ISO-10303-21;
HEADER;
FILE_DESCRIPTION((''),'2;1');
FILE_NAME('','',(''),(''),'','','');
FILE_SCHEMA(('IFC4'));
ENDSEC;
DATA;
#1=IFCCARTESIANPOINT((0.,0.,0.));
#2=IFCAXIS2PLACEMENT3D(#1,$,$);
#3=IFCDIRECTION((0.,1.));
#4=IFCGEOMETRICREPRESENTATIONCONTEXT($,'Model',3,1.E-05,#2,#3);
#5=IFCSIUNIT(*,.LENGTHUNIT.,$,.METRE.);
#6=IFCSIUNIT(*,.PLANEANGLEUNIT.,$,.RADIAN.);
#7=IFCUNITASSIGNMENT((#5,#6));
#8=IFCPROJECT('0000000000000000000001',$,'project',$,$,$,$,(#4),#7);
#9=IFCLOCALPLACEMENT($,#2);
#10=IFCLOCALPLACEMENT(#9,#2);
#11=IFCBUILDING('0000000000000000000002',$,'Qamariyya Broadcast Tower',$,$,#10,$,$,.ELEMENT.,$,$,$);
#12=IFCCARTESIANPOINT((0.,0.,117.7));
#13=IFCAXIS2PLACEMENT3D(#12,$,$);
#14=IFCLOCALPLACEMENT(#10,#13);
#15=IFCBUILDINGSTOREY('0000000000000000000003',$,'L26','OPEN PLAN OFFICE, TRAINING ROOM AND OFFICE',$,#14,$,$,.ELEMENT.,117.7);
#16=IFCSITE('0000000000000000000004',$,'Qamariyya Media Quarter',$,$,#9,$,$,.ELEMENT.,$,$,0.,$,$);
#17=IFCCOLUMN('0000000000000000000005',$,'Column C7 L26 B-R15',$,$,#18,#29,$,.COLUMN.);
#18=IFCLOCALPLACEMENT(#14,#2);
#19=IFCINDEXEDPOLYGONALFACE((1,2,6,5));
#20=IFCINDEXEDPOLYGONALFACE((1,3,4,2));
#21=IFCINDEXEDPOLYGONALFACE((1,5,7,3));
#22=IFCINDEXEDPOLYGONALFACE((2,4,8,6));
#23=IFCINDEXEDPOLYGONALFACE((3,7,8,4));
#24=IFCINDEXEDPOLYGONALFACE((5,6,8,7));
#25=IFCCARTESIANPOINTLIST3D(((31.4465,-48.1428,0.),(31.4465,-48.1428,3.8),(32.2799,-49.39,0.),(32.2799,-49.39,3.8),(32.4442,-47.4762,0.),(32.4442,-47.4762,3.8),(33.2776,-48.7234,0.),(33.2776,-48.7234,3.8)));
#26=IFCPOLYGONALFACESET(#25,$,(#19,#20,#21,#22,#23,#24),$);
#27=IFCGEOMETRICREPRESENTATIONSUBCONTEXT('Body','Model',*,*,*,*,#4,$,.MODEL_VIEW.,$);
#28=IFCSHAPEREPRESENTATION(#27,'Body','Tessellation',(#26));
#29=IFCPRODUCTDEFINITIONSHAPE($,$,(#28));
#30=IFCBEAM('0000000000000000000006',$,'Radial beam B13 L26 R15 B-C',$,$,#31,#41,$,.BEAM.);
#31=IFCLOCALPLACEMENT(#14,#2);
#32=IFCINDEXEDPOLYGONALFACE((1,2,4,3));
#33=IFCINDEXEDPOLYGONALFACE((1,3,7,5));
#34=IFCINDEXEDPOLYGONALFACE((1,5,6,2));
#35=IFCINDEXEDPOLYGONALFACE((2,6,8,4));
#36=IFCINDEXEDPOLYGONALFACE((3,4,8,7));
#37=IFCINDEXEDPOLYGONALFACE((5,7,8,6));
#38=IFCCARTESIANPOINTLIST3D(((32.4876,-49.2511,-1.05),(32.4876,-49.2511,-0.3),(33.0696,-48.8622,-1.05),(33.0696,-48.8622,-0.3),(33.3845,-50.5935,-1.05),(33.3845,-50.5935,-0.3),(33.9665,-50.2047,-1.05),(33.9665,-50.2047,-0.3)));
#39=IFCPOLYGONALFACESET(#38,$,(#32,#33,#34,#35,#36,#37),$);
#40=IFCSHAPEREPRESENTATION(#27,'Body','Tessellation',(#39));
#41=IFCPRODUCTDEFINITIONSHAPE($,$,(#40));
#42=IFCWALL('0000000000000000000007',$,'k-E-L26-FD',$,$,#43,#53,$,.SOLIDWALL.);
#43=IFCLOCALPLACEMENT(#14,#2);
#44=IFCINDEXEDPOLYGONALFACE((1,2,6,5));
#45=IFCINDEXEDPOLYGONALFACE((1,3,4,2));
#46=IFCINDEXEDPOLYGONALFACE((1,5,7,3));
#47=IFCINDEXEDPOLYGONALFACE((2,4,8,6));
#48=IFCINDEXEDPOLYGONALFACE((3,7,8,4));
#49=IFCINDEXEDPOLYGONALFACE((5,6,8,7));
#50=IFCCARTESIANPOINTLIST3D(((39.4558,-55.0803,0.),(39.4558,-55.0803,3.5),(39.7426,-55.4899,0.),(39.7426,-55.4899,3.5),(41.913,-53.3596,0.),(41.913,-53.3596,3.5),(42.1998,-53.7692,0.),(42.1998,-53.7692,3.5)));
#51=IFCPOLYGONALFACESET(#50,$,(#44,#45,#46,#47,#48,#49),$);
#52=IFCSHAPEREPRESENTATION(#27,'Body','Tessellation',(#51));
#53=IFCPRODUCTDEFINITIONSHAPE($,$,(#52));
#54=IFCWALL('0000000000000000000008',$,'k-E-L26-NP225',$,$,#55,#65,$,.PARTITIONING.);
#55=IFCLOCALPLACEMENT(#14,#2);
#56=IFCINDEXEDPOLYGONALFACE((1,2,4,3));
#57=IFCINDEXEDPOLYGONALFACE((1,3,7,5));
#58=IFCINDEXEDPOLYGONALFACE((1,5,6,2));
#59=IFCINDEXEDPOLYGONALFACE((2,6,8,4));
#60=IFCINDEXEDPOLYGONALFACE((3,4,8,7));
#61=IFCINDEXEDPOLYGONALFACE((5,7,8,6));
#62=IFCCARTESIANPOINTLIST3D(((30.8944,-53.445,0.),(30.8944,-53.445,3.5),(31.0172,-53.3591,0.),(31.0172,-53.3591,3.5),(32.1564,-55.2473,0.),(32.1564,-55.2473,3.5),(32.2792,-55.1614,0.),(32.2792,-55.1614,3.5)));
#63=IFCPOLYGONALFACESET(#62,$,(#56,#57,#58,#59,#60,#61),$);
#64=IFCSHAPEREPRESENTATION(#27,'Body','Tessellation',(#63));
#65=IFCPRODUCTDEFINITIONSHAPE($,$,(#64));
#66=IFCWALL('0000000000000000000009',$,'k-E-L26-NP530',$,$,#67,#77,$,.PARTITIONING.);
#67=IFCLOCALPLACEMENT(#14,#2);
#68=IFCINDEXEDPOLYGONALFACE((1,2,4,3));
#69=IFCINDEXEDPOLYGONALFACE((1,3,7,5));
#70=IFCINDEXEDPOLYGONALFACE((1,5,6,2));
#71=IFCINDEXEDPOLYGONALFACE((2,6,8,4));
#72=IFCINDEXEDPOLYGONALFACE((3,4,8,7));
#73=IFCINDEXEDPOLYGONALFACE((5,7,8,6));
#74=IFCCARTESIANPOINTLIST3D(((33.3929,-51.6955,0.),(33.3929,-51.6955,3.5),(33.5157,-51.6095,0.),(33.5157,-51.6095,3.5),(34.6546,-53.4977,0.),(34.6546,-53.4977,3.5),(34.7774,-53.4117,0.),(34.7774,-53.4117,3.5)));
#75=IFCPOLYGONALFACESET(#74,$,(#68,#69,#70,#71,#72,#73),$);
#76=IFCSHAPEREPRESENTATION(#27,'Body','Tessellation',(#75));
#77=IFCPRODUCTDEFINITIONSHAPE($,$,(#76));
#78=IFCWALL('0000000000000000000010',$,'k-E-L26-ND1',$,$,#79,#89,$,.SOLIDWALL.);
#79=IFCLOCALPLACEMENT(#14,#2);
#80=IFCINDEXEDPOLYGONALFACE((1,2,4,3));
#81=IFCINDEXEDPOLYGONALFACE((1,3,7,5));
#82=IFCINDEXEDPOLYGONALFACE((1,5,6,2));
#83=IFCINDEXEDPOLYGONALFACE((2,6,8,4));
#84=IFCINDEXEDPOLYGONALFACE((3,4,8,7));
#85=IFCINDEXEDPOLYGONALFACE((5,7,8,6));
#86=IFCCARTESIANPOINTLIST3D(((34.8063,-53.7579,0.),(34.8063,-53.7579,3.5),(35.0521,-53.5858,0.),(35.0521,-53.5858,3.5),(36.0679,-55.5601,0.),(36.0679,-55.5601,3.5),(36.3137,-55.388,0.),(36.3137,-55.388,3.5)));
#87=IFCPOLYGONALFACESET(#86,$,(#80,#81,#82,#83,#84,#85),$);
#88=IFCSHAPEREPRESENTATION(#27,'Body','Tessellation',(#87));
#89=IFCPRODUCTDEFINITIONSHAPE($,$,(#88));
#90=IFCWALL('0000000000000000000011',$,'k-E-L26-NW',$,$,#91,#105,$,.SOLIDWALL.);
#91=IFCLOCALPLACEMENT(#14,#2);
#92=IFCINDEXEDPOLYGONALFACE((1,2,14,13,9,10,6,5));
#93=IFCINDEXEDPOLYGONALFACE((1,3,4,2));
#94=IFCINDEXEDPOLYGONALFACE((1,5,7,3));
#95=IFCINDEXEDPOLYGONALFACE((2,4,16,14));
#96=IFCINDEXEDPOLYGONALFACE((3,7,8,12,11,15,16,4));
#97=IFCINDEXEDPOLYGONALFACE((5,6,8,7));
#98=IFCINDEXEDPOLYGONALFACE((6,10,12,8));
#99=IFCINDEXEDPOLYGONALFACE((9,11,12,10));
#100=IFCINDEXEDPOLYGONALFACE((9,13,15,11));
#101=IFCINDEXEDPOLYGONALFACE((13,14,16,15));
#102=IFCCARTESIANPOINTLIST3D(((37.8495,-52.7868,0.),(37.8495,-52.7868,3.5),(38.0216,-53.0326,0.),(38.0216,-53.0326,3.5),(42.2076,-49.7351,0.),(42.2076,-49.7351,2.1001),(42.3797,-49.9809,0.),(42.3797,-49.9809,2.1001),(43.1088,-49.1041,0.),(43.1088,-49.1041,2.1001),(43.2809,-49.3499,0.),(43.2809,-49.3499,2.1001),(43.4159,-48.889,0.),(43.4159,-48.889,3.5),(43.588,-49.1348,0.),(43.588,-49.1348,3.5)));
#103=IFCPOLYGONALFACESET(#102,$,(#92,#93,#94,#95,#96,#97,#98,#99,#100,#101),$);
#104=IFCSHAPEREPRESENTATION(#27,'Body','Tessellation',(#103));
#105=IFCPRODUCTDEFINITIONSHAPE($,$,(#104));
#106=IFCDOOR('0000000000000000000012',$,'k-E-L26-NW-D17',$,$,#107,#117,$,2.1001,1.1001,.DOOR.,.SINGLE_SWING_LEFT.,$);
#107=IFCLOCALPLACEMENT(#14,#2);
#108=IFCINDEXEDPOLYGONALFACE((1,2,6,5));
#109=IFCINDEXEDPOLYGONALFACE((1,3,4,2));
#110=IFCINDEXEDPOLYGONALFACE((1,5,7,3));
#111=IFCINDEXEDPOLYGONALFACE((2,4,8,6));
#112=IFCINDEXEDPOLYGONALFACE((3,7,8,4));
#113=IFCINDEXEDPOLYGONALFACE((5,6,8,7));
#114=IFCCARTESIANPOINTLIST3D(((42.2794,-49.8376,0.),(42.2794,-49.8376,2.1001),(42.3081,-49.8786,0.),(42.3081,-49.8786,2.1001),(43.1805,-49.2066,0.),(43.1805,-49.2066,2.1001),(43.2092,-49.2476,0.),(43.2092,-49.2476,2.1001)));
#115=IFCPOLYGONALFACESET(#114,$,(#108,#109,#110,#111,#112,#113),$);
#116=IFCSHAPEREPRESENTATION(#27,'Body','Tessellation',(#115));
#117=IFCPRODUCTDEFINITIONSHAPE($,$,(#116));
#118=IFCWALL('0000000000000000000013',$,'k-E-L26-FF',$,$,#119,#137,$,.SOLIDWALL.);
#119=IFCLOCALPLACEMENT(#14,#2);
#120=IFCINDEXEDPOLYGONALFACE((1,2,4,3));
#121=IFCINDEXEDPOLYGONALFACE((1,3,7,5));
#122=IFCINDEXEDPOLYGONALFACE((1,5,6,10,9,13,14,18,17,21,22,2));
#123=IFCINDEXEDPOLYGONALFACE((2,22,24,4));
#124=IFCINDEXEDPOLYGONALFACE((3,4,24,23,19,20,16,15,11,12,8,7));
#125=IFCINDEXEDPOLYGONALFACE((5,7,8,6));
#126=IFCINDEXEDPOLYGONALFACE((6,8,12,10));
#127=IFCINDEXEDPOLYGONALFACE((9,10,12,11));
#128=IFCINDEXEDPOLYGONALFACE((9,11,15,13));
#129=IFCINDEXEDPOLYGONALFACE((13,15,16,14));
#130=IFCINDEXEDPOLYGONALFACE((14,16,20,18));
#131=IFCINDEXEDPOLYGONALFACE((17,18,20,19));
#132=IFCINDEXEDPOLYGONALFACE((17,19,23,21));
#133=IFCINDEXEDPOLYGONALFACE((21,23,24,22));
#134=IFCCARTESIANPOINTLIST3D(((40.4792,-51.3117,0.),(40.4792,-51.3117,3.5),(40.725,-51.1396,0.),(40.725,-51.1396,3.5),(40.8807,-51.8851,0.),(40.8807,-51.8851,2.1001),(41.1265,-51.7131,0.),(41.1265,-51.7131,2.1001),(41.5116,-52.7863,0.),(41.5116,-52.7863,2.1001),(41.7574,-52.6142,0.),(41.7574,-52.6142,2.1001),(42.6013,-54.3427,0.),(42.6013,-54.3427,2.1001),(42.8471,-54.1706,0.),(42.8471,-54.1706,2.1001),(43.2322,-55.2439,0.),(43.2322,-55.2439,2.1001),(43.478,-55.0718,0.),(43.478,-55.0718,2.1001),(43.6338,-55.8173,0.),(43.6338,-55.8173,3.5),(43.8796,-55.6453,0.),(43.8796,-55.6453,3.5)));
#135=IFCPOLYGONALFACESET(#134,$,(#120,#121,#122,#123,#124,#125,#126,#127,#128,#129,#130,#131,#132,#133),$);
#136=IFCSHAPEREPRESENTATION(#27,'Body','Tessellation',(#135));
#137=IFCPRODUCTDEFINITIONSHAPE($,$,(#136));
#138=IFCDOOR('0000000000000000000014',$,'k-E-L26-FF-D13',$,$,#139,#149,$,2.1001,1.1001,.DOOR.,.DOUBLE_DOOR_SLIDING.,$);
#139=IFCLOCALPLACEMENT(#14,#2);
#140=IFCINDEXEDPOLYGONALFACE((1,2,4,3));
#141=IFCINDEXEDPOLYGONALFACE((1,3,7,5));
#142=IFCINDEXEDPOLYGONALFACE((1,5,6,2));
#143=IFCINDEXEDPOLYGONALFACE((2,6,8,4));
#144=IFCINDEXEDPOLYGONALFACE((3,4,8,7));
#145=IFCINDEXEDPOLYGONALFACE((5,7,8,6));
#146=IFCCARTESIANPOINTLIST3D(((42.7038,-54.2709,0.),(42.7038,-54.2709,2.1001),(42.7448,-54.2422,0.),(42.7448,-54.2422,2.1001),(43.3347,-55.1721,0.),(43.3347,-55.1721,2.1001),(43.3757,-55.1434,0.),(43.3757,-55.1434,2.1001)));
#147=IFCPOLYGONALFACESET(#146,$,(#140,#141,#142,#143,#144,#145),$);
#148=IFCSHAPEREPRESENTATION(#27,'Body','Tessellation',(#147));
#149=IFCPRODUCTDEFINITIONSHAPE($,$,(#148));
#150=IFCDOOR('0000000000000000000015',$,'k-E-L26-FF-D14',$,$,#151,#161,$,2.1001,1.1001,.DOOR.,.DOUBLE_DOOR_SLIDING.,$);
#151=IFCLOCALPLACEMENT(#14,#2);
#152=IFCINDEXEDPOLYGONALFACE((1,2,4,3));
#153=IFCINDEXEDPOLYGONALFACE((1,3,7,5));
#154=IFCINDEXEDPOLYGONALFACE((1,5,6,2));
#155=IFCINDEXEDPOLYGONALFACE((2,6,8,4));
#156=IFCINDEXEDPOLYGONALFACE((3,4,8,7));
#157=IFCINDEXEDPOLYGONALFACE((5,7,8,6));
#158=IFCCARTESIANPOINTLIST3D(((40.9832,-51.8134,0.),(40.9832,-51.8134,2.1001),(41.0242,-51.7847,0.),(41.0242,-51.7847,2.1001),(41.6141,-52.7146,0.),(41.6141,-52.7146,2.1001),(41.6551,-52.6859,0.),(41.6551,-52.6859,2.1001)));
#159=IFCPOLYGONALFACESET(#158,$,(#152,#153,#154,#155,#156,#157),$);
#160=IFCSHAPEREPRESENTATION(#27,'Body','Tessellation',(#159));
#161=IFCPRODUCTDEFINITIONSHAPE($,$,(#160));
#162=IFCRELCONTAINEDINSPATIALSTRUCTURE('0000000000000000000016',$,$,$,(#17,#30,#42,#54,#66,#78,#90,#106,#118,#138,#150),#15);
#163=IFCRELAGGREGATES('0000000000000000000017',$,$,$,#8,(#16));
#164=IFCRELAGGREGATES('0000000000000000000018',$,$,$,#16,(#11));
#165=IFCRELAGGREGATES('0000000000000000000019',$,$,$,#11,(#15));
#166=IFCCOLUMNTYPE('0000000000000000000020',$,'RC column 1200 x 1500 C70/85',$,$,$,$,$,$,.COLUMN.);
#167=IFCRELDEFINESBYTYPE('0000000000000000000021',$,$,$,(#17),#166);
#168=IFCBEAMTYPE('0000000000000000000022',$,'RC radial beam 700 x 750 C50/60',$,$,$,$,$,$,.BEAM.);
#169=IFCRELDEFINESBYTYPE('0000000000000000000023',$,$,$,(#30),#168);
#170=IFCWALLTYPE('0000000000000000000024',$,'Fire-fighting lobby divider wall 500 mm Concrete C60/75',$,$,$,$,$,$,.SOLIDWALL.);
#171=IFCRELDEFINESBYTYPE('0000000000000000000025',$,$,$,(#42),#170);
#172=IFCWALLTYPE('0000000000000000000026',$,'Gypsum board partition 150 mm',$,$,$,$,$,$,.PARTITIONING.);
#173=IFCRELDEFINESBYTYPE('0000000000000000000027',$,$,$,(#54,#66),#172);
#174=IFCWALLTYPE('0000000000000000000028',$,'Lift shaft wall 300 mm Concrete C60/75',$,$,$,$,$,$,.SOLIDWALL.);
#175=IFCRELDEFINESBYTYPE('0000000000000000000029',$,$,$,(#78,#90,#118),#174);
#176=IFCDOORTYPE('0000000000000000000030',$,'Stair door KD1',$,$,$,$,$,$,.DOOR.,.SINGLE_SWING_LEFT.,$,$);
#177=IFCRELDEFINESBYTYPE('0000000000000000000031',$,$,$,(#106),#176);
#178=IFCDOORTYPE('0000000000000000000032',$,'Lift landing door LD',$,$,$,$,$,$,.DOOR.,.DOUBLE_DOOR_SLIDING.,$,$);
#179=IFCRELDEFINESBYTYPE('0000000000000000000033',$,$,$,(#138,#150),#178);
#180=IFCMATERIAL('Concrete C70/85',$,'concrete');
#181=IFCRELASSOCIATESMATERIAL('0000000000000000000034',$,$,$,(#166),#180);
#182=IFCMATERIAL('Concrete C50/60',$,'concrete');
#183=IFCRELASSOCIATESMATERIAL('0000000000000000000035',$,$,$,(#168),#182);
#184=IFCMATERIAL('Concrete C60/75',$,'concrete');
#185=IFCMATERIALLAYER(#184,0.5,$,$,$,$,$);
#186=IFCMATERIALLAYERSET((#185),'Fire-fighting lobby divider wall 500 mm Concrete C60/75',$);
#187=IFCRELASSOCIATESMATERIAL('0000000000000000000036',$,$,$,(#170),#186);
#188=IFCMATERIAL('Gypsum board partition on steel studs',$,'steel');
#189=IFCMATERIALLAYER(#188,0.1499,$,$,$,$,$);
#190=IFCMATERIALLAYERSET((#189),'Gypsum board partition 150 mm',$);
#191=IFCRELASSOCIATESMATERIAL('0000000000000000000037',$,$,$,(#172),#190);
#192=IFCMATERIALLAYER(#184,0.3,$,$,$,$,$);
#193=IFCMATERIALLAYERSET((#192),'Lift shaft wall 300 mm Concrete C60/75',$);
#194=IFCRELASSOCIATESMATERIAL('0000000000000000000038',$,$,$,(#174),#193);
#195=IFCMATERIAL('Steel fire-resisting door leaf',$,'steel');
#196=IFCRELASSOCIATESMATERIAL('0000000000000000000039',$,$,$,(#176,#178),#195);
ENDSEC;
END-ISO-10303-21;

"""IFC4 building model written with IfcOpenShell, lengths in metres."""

from ifc_helpers import new_model, si_unit, direction, frame, frame_2d, origin, origin_2d, place, context, subcontext, project, spatial, rectangle, extrude, material, layer, layer_set, material_profile, profile_set, type_object, element, fill, save


model = new_model("IFC4")

# Units and contexts
model_context = context("Model", 3, precision=1e-05, world=origin(), true_north=direction((0.0, 1.0)))
body_context = subcontext(model_context, "Body", "Model", "MODEL_VIEW")
ifc_project = project(units=[si_unit("LENGTHUNIT", "METRE"), si_unit("PLANEANGLEUNIT", "RADIAN")], contexts=[model_context])

# Site, building, storey
site_placement = place(None, origin())
site = spatial("IfcSite", under=ifc_project, at=site_placement, Name="Qamariyya Media Quarter", CompositionType="ELEMENT", RefElevation=0.0)
building_placement = place(site_placement, origin())
building = spatial("IfcBuilding", under=site, at=building_placement, Name="Qamariyya Broadcast Tower", CompositionType="ELEMENT")
storey_placement = place(building_placement, frame((0.0, 0.0, 117.7)))
storey = spatial("IfcBuildingStorey", under=building, at=storey_placement, Name="L26", Description="OPEN PLAN OFFICE, TRAINING ROOM AND OFFICE", CompositionType="ELEMENT", Elevation=117.7)

# Column
ifc_material_1 = material(Name="Concrete C70/85", Category="concrete")
ifc_material_profile_1 = material_profile(ifc_material_1, rectangle(XDim=1.2, YDim=1.5, at=origin_2d()))
ifc_profile_set_1 = profile_set([ifc_material_profile_1], Name="Concrete C70/85")
column_type = type_object("IfcColumnType", Name="RC column 1200 x 1500 C70/85", PredefinedType="COLUMN", material=ifc_profile_set_1)
column_placement = place(storey_placement, frame((32.3621, -48.4331, 0.0), z_axis=(0.0, 0.0, 1.0), x_axis=(0.83147, 0.55557, 0.0)))
element("IfcColumn", 1, at=column_placement, inside=storey, type_object=column_type, Name="Column C7 L26 B-R15", PredefinedType="COLUMN", context=body_context, shape_type="SweptSolid", body=[
    extrude(rectangle(XDim=1.2, YDim=1.5, at=origin_2d()), origin(), (0.0, 0.0, 1.0), 3.8),
])

# Beam
ifc_material_2 = material(Name="Concrete C50/60", Category="concrete")
ifc_material_profile_2 = material_profile(ifc_material_2, rectangle(XDim=0.7, YDim=0.75, at=origin_2d()))
ifc_profile_set_2 = profile_set([ifc_material_profile_2], Name="Concrete C50/60")
beam_type = type_object("IfcBeamType", Name="RC radial beam 700 x 750 C50/60", PredefinedType="BEAM", material=ifc_profile_set_2)
beam_placement = place(storey_placement, frame((32.7786, -49.0566, -0.675), z_axis=(0.555537, -0.831492, 0.0), x_axis=(0.831492, 0.555537, 0.0)))
element("IfcBeam", 2, at=beam_placement, inside=storey, type_object=beam_type, Name="Radial beam B13 L26 R15 B-C", PredefinedType="BEAM", context=body_context, shape_type="SweptSolid", body=[
    extrude(rectangle(XDim=0.7, YDim=0.75, at=origin_2d()), origin(), (0.0, 0.0, 1.0), 1.6145),
])

# Walls
ifc_material_3 = material(Name="Concrete C60/75", Category="concrete")
ifc_layer_1 = layer(ifc_material_3, 0.5)
ifc_layer_set_1 = layer_set([ifc_layer_1], Name="Fire-fighting lobby divider wall 500 mm Concrete C60/75")
wall_type_1 = type_object("IfcWallType", Name="Fire-fighting lobby divider wall 500 mm Concrete C60/75", PredefinedType="SOLIDWALL", material=ifc_layer_set_1)
wall_1_placement = place(storey_placement, frame((39.5991, -55.2852, 0.0), z_axis=(0.0, 0.0, 1.0), x_axis=(0.819136, 0.573599, 0.0)))
element("IfcWall", 3, at=wall_1_placement, inside=storey, type_object=wall_type_1, Name="k-E-L26-FD", PredefinedType="SOLIDWALL", context=body_context, shape_type="SweptSolid", body=[
    extrude(rectangle(XDim=2.9998, YDim=0.5, at=frame_2d((1.5, 0.0))), origin(), (0.0, 0.0, 1.0), 3.5),
])
ifc_material_4 = material(Name="Gypsum board partition on steel studs", Category="steel")
ifc_layer_2 = layer(ifc_material_4, 0.1499)
ifc_layer_set_2 = layer_set([ifc_layer_2], Name="Gypsum board partition 150 mm")
wall_type_2 = type_object("IfcWallType", Name="Gypsum board partition 150 mm", PredefinedType="PARTITIONING", material=ifc_layer_set_2)
wall_2_placement = place(storey_placement, frame((32.2178, -55.2043, 0.0), z_axis=(0.0, 0.0, 1.0), x_axis=(-0.573581, 0.819149, 0.0)))
element("IfcWall", 4, at=wall_2_placement, inside=storey, type_object=wall_type_2, Name="k-E-L26-NP225", PredefinedType="PARTITIONING", context=body_context, shape_type="SweptSolid", body=[
    extrude(rectangle(XDim=2.2002, YDim=0.1499, at=frame_2d((1.1001, 0.0))), origin(), (0.0, 0.0, 1.0), 3.5),
])
wall_3_placement = place(storey_placement, frame((34.7161, -53.4548, 0.0), z_axis=(0.0, 0.0, 1.0), x_axis=(-0.573507, 0.819201, 0.0)))
element("IfcWall", 5, at=wall_3_placement, inside=storey, type_object=wall_type_2, Name="k-E-L26-NP530", PredefinedType="PARTITIONING", context=body_context, shape_type="SweptSolid", body=[
    extrude(rectangle(XDim=2.2, YDim=0.1499, at=frame_2d((1.1001, 0.0))), origin(), (0.0, 0.0, 1.0), 3.5),
])
ifc_layer_3 = layer(ifc_material_3, 0.3)
ifc_layer_set_3 = layer_set([ifc_layer_3], Name="Lift shaft wall 300 mm Concrete C60/75")
wall_type_3 = type_object("IfcWallType", Name="Lift shaft wall 300 mm Concrete C60/75", PredefinedType="SOLIDWALL", material=ifc_layer_set_3)
wall_4_placement = place(storey_placement, frame((36.1909, -55.4741, 0.0), z_axis=(0.0, 0.0, 1.0), x_axis=(-0.573507, 0.819201, 0.0)))
element("IfcWall", 6, at=wall_4_placement, inside=storey, type_object=wall_type_3, Name="k-E-L26-ND1", PredefinedType="SOLIDWALL", context=body_context, shape_type="SweptSolid", body=[
    extrude(rectangle(XDim=2.2, YDim=0.3, at=frame_2d((1.1001, 0.0))), origin(), (0.0, 0.0, 1.0), 3.5),
])

# Wall, opening, door
wall_5_placement = place(storey_placement, frame((37.9355, -52.9097, 0.0), z_axis=(0.0, 0.0, 1.0), x_axis=(0.819148, 0.573583, 0.0)))
wall_5 = element("IfcWall", 7, at=wall_5_placement, inside=storey, type_object=wall_type_3, Name="k-E-L26-NW", PredefinedType="SOLIDWALL", context=body_context, shape_type="SweptSolid", body=[
    extrude(rectangle(XDim=6.7954, YDim=0.3, at=frame_2d((3.3977, 0.0))), origin(), (0.0, 0.0, 1.0), 3.5),
])
opening_1_placement = place(wall_5_placement, frame((5.3203, 0.0, 0.0)))
opening_1 = element("IfcOpeningElement", 8, at=opening_1_placement, cuts=wall_5, PredefinedType="OPENING", context=body_context, shape_type="SweptSolid", body=[
    extrude(rectangle(XDim=1.1001, YDim=2.1001, at=frame_2d((0.55, 1.05))), frame((0.0, 0.1599, 0.0), z_axis=(0.0, -1.0, 0.0), x_axis=(1.0, 0.0, 0.0)), (0.0, 0.0, 1.0), 0.3201),
])
ifc_material_5 = material(Name="Steel fire-resisting door leaf", Category="steel")
door_type_1 = type_object("IfcDoorType", Name="Stair door KD1", OperationType="SINGLE_SWING_LEFT", PredefinedType="DOOR", material=ifc_material_5)
door_1_placement = place(opening_1_placement, origin())
door_1 = element("IfcDoor", 9, at=door_1_placement, inside=storey, type_object=door_type_1, Name="k-E-L26-NW-D17", OperationType="SINGLE_SWING_LEFT", OverallHeight=2.1001, OverallWidth=1.1001, PredefinedType="DOOR", context=body_context, shape_type="SweptSolid", body=[
    extrude(rectangle(XDim=1.1001, YDim=2.1001, at=frame_2d((0.55, 1.05))), frame((0.0, 0.0249, 0.0), z_axis=(0.0, -1.0, 0.0), x_axis=(1.0, 0.0, 0.0)), (0.0, 0.0, 1.0), 0.05),
])
fill(opening_1, door_1)

# Wall, openings, doors
wall_6_placement = place(storey_placement, frame((43.7566, -55.7312, 0.0), z_axis=(0.0, 0.0, 1.0), x_axis=(-0.573537, 0.81918, 0.0)))
wall_6 = element("IfcWall", 10, at=wall_6_placement, inside=storey, type_object=wall_type_3, Name="k-E-L26-FF", PredefinedType="SOLIDWALL", context=body_context, shape_type="SweptSolid", body=[
    extrude(rectangle(XDim=5.5002, YDim=0.3, at=frame_2d((2.75, 0.0))), origin(), (0.0, 0.0, 1.0), 3.5),
])
opening_2_placement = place(wall_6_placement, frame((0.7, 0.0, 0.0)))
opening_2 = element("IfcOpeningElement", 11, at=opening_2_placement, cuts=wall_6, PredefinedType="OPENING", context=body_context, shape_type="SweptSolid", body=[
    extrude(rectangle(XDim=1.1001, YDim=2.1001, at=frame_2d((0.55, 1.05))), frame((0.0, 0.1599, 0.0), z_axis=(0.0, -1.0, 0.0), x_axis=(1.0, 0.0, 0.0)), (0.0, 0.0, 1.0), 0.3201),
])
opening_3_placement = place(wall_6_placement, frame((3.7, 0.0, 0.0)))
opening_3 = element("IfcOpeningElement", 12, at=opening_3_placement, cuts=wall_6, PredefinedType="OPENING", context=body_context, shape_type="SweptSolid", body=[
    extrude(rectangle(XDim=1.1001, YDim=2.1001, at=frame_2d((0.55, 1.05))), frame((0.0, 0.1599, 0.0), z_axis=(0.0, -1.0, 0.0), x_axis=(1.0, 0.0, 0.0)), (0.0, 0.0, 1.0), 0.3201),
])
door_type_2 = type_object("IfcDoorType", Name="Lift landing door LD", OperationType="DOUBLE_DOOR_SLIDING", PredefinedType="DOOR", material=ifc_material_5)
door_2_placement = place(opening_2_placement, origin())
door_2 = element("IfcDoor", 13, at=door_2_placement, inside=storey, type_object=door_type_2, Name="k-E-L26-FF-D13", OperationType="DOUBLE_DOOR_SLIDING", OverallHeight=2.1001, OverallWidth=1.1001, PredefinedType="DOOR", context=body_context, shape_type="SweptSolid", body=[
    extrude(rectangle(XDim=1.1001, YDim=2.1001, at=frame_2d((0.55, 1.05))), frame((0.0, 0.0249, 0.0), z_axis=(0.0, -1.0, 0.0), x_axis=(1.0, 0.0, 0.0)), (0.0, 0.0, 1.0), 0.05),
])
fill(opening_2, door_2)
door_3_placement = place(opening_3_placement, origin())
door_3 = element("IfcDoor", 14, at=door_3_placement, inside=storey, type_object=door_type_2, Name="k-E-L26-FF-D14", OperationType="DOUBLE_DOOR_SLIDING", OverallHeight=2.1001, OverallWidth=1.1001, PredefinedType="DOOR", context=body_context, shape_type="SweptSolid", body=[
    extrude(rectangle(XDim=1.1001, YDim=2.1001, at=frame_2d((0.55, 1.05))), frame((0.0, 0.0249, 0.0), z_axis=(0.0, -1.0, 0.0), x_axis=(1.0, 0.0, 0.0)), (0.0, 0.0, 1.0), 0.05),
])
fill(opening_3, door_3)

save(model, "model.ifc")
